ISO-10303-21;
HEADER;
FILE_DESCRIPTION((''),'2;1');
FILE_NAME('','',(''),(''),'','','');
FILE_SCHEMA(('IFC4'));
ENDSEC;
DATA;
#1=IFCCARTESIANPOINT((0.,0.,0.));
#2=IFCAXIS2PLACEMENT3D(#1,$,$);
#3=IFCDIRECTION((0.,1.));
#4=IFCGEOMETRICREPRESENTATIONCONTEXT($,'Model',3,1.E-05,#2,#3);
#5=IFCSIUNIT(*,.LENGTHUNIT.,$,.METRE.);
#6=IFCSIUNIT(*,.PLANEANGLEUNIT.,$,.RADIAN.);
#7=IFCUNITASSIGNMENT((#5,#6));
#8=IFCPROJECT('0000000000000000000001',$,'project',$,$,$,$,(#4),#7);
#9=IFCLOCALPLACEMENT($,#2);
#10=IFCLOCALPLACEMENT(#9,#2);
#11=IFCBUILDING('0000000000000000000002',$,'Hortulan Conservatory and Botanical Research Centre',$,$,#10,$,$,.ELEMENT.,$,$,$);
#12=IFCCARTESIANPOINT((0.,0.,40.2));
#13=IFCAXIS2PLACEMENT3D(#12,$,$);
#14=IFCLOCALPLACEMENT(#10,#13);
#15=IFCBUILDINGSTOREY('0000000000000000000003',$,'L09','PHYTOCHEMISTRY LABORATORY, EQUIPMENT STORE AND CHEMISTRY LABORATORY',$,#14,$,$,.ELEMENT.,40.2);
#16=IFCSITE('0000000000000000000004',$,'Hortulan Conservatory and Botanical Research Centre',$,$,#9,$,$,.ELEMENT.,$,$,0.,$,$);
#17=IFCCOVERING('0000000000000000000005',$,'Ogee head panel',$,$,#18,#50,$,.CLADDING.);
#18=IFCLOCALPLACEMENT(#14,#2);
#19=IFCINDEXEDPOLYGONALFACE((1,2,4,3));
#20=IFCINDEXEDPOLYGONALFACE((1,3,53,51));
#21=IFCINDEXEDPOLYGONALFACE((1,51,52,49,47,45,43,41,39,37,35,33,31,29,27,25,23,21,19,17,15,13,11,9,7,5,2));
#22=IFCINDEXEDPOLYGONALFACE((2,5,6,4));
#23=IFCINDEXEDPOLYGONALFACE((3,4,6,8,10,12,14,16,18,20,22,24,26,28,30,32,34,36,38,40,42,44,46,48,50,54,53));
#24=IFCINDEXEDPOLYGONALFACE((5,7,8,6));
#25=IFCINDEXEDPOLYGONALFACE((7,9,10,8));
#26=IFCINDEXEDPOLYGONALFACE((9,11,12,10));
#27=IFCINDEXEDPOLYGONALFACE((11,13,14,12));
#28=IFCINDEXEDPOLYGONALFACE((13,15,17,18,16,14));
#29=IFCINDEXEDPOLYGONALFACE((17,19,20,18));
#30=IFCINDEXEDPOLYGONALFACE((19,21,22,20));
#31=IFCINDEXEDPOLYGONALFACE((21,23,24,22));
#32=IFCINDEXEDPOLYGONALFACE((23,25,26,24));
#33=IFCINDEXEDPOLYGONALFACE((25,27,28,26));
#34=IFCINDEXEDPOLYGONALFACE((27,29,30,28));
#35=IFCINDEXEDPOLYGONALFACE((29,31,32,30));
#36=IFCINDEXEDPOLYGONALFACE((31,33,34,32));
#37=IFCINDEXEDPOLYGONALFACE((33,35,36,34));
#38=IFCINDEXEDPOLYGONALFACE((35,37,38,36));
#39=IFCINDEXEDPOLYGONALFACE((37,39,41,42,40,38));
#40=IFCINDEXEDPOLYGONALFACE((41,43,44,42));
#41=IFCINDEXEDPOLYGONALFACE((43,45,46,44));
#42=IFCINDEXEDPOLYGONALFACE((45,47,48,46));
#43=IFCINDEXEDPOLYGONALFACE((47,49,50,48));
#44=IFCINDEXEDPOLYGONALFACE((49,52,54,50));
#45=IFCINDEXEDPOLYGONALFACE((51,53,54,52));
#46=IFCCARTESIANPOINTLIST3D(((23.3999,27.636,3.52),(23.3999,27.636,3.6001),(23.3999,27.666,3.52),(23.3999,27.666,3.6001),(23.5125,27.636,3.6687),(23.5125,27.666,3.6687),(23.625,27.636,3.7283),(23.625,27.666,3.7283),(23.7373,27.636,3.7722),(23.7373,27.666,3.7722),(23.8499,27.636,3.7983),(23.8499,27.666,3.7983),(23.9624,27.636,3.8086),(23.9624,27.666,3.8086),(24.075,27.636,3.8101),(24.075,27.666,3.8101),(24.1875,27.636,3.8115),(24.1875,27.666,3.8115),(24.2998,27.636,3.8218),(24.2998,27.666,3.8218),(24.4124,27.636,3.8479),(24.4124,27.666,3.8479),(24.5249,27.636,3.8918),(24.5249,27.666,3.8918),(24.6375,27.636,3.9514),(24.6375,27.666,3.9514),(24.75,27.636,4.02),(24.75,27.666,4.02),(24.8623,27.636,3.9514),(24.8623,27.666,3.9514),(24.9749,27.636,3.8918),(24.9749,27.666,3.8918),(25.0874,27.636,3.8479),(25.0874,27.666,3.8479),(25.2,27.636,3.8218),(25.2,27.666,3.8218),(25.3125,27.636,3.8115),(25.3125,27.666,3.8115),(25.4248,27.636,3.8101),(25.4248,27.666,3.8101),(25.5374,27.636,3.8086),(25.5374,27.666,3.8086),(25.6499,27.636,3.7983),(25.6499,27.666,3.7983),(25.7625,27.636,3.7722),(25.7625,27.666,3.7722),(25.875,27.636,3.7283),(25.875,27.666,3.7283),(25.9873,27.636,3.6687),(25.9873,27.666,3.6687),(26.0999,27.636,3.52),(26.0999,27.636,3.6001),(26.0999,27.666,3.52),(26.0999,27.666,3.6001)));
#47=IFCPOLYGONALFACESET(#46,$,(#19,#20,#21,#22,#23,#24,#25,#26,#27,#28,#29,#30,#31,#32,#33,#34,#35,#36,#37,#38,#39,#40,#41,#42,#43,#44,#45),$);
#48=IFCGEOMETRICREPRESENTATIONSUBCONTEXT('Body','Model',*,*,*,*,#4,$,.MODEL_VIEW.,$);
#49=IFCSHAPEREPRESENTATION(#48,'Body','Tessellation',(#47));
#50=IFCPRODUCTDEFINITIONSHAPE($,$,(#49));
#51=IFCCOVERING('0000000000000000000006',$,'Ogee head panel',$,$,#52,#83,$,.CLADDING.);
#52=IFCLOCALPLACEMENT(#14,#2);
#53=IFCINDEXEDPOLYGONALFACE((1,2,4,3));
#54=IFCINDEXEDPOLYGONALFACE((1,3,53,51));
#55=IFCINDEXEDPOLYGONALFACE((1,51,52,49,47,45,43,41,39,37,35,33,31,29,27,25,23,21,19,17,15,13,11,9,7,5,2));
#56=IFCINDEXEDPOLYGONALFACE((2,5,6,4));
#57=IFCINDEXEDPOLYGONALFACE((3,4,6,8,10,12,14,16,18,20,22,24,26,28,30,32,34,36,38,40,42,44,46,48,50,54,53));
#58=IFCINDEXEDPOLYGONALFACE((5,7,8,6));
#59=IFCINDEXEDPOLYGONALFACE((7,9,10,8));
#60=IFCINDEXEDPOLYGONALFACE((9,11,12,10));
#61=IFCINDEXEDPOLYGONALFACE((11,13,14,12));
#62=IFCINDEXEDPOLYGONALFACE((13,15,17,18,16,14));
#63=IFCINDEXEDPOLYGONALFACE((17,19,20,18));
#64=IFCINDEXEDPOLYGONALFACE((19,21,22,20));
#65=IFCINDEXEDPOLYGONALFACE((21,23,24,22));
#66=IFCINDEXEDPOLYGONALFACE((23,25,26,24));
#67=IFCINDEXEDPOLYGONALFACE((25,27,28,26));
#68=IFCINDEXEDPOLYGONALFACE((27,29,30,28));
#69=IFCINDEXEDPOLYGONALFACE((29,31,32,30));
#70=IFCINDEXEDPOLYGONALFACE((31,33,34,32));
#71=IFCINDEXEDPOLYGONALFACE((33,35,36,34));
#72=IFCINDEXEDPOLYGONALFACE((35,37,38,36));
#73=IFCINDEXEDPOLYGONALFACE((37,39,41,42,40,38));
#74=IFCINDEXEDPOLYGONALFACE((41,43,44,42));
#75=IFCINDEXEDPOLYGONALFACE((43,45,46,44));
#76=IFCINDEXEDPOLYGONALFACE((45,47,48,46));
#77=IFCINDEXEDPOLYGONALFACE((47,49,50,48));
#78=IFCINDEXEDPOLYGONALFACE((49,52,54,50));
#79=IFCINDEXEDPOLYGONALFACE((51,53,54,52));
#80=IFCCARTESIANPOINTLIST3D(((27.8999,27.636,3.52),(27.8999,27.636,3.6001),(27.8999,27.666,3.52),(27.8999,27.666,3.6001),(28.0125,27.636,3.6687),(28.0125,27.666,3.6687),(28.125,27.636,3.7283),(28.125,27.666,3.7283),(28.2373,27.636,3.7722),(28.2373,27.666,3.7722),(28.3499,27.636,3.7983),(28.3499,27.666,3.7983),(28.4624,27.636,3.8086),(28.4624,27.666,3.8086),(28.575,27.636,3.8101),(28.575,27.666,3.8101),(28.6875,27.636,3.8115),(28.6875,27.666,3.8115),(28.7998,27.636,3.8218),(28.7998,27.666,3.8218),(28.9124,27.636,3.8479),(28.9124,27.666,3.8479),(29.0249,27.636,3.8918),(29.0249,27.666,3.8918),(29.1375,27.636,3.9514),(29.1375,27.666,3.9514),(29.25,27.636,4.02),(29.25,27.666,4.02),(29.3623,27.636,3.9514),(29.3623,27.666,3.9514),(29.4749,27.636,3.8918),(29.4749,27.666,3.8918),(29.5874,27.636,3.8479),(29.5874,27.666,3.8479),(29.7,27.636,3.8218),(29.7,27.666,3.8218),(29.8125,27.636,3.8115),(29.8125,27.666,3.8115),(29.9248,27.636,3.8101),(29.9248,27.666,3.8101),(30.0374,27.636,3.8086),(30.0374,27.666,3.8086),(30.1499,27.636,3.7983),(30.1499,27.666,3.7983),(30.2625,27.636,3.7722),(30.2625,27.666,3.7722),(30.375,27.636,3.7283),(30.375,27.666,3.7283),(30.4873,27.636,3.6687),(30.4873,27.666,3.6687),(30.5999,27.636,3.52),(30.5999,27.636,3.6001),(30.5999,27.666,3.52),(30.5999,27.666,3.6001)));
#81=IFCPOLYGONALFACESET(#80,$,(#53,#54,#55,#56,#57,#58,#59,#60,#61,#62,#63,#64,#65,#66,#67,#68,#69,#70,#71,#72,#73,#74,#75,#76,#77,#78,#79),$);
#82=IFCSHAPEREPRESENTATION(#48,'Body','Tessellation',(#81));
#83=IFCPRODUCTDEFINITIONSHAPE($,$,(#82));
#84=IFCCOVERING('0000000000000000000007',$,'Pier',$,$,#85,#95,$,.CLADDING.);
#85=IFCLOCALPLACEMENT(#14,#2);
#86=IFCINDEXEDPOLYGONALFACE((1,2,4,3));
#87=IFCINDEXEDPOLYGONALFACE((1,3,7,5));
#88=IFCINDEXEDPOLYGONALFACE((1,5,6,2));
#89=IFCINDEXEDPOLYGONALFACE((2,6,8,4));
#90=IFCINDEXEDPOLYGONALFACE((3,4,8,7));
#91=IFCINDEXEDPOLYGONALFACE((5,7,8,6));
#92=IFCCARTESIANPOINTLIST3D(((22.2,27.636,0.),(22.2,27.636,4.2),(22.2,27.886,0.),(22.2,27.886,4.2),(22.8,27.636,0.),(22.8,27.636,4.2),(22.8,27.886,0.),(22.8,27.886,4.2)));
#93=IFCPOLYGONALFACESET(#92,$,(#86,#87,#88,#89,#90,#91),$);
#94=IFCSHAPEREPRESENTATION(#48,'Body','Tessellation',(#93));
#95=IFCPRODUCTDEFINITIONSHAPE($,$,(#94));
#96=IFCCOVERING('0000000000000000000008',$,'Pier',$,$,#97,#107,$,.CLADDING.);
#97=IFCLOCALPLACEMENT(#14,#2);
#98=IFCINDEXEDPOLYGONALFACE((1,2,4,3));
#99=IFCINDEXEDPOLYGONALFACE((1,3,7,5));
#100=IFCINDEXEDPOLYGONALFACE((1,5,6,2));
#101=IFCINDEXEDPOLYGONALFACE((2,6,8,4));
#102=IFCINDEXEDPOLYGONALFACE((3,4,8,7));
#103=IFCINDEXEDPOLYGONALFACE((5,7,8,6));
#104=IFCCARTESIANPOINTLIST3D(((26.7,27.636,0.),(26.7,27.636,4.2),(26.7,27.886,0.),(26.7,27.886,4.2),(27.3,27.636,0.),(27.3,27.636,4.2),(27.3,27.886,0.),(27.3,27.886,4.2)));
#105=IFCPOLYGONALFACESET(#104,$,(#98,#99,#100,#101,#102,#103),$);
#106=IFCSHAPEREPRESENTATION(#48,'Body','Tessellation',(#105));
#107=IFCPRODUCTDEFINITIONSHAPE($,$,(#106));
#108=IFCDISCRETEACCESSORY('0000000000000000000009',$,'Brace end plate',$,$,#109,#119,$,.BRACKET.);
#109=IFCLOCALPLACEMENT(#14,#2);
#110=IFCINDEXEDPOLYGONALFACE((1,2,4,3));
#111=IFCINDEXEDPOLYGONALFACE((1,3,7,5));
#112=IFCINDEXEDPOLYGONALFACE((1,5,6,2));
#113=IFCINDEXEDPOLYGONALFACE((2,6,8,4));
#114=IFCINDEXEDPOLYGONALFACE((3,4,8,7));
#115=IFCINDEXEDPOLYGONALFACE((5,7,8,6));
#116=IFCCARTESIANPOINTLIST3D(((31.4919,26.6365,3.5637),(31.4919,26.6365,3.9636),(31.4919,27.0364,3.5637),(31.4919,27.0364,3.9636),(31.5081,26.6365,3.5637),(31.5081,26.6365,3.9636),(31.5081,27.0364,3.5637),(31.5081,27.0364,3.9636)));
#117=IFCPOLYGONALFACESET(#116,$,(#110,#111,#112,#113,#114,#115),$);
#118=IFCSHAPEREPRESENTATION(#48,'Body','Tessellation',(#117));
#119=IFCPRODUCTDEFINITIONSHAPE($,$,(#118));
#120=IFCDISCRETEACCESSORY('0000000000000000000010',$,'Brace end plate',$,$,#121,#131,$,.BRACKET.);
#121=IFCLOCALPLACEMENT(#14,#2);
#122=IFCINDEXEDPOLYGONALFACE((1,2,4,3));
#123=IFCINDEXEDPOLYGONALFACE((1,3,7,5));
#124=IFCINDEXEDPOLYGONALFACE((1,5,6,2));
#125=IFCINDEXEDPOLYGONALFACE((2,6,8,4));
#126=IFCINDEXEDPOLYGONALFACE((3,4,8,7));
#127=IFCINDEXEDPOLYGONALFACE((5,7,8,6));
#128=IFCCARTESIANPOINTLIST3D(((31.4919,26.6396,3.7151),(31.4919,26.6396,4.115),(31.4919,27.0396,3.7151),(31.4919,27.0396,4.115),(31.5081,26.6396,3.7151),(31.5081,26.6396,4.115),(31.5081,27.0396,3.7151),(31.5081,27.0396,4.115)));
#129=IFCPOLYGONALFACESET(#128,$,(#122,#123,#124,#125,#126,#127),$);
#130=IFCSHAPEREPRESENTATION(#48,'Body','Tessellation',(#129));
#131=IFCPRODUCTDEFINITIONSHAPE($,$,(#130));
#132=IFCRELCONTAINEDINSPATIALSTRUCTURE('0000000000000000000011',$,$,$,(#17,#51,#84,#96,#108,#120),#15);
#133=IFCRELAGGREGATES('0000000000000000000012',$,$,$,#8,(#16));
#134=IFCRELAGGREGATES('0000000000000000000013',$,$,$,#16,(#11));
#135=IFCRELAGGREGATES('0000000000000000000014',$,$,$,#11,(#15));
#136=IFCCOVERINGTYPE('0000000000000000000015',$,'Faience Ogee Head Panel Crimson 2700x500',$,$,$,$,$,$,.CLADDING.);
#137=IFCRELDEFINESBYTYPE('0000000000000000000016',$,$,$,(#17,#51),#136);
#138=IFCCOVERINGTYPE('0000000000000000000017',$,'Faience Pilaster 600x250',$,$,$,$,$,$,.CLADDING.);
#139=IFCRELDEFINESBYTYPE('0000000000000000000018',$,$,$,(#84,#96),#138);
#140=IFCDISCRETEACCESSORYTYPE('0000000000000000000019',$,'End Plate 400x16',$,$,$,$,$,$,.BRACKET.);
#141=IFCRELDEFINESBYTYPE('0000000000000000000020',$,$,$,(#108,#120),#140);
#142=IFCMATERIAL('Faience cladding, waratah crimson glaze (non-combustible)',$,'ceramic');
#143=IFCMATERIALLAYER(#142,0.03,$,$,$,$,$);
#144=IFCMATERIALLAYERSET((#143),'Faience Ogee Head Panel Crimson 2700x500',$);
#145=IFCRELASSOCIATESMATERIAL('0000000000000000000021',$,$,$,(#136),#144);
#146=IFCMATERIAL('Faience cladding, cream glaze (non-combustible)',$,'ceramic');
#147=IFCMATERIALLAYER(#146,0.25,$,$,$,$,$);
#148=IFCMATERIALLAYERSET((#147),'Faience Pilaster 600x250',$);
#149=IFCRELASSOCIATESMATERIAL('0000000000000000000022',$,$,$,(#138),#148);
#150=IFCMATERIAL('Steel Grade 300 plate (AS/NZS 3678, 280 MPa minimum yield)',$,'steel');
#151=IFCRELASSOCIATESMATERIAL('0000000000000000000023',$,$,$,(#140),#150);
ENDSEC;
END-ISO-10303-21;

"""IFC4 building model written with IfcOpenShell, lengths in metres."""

from ifc_helpers import new_model, si_unit, direction, frame, origin, origin_2d, place, context, subcontext, project, spatial, polyline, rectangle, outline, extrude, material, layer, layer_set, type_object, element, save


model = new_model("IFC4")

# Units and contexts
model_context = context("Model", 3, precision=1e-05, world=origin(), true_north=direction((0.0, 1.0)))
body_context = subcontext(model_context, "Body", "Model", "MODEL_VIEW")
ifc_project = project(units=[si_unit("LENGTHUNIT", "METRE"), si_unit("PLANEANGLEUNIT", "RADIAN")], contexts=[model_context])

# Site, building, storey
site_placement = place(None, origin())
site = spatial("IfcSite", under=ifc_project, at=site_placement, Name="Hortulan Conservatory and Botanical Research Centre", CompositionType="ELEMENT", RefElevation=0.0)
building_placement = place(site_placement, origin())
building = spatial("IfcBuilding", under=site, at=building_placement, Name="Hortulan Conservatory and Botanical Research Centre", CompositionType="ELEMENT")
storey_placement = place(building_placement, frame((0.0, 0.0, 40.2)))
storey = spatial("IfcBuildingStorey", under=building, at=storey_placement, Name="L09", Description="PHYTOCHEMISTRY LABORATORY, EQUIPMENT STORE AND CHEMISTRY LABORATORY", CompositionType="ELEMENT", Elevation=40.2)

# Coverings
ifc_material_1 = material(Name="Faience cladding, waratah crimson glaze (non-combustible)", Category="ceramic")
ifc_layer_1 = layer(ifc_material_1, 0.03)
ifc_layer_set_1 = layer_set([ifc_layer_1], Name="Faience Ogee Head Panel Crimson 2700x500")
covering_type_1 = type_object("IfcCoveringType", Name="Faience Ogee Head Panel Crimson 2700x500", PredefinedType="CLADDING", material=ifc_layer_set_1)
for number, where, z_axis, x_axis, name in (
    (1, (23.3999, 27.6509, 3.52), (0.0, 0.0, 1.0), (1.0, 0.0, 0.0), "Ogee head panel"),
    (2, (27.8999, 27.6509, 3.52), (0.0, 0.0, 1.0), (1.0, 0.0, 0.0), "Ogee head panel"),
):
    element("IfcCovering", number, at=place(storey_placement, frame(where, z_axis=z_axis, x_axis=x_axis)), inside=storey, type_object=covering_type_1, Name=name, PredefinedType="CLADDING", context=body_context, shape_type="SweptSolid", body=[
        extrude(outline(polyline([(0.0, 0.0), (2.7, 0.0), (2.7, 0.0801), (2.5874, 0.1487), (2.4751, 0.2083), (2.3625, 0.2522), (2.25, 0.2783), (2.1375, 0.2886), (2.0249, 0.29), (1.9126, 0.2915), (1.8, 0.3018), (1.6875, 0.3279), (1.575, 0.3718), (1.4624, 0.4314), (1.3501, 0.5), (1.2375, 0.4314), (1.125, 0.3718), (1.0125, 0.3279), (0.8999, 0.3018), (0.7876, 0.2915), (0.675, 0.29), (0.5625, 0.2886), (0.45, 0.2783), (0.3374, 0.2522), (0.2251, 0.2083), (0.1125, 0.1487), (0.0, 0.0801), (0.0, 0.0)])), frame((0.0, 0.0151, 0.0), z_axis=(0.0, -1.0, 0.0), x_axis=(1.0, 0.0, 0.0)), (0.0, 0.0, 1.0), 0.03),
    ])
ifc_material_2 = material(Name="Faience cladding, cream glaze (non-combustible)", Category="ceramic")
ifc_layer_2 = layer(ifc_material_2, 0.25)
ifc_layer_set_2 = layer_set([ifc_layer_2], Name="Faience Pilaster 600x250")
covering_type_2 = type_object("IfcCoveringType", Name="Faience Pilaster 600x250", PredefinedType="CLADDING", material=ifc_layer_set_2)
for number, where, z_axis, x_axis, name in (
    (3, (22.5, 27.761, 0.0), (0.0, 0.0, 1.0), (1.0, 0.0, 0.0), "Pier"),
    (4, (27.0, 27.761, 0.0), (0.0, 0.0, 1.0), (1.0, 0.0, 0.0), "Pier"),
):
    element("IfcCovering", number, at=place(storey_placement, frame(where, z_axis=z_axis, x_axis=x_axis)), inside=storey, type_object=covering_type_2, Name=name, PredefinedType="CLADDING", context=body_context, shape_type="SweptSolid", body=[
        extrude(rectangle(XDim=0.6001, YDim=0.25, at=origin_2d()), origin(), (0.0, 0.0, 1.0), 4.2),
    ])

# Discrete accessories
ifc_material_3 = material(Name="Steel Grade 300 plate (AS/NZS 3678, 280 MPa minimum yield)", Category="steel")
discrete_accessory_type = type_object("IfcDiscreteAccessoryType", Name="End Plate 400x16", PredefinedType="BRACKET", material=ifc_material_3)
for number, where, z_axis, x_axis, name in (
    (5, (31.5, 26.8364, 3.5637), (0.0, 0.0, 1.0), (0.0, -1.0, 0.0), "Brace end plate"),
    (6, (31.5, 26.8396, 3.7151), (0.0, 0.0, 1.0), (0.0, -1.0, 0.0), "Brace end plate"),
):
    element("IfcDiscreteAccessory", number, at=place(storey_placement, frame(where, z_axis=z_axis, x_axis=x_axis)), inside=storey, type_object=discrete_accessory_type, Name=name, PredefinedType="BRACKET", context=body_context, shape_type="SweptSolid", body=[
        extrude(rectangle(XDim=0.3999, YDim=0.0161, at=origin_2d()), origin(), (0.0, 0.0, 1.0), 0.3999),
    ])

save(model, "model.ifc")
